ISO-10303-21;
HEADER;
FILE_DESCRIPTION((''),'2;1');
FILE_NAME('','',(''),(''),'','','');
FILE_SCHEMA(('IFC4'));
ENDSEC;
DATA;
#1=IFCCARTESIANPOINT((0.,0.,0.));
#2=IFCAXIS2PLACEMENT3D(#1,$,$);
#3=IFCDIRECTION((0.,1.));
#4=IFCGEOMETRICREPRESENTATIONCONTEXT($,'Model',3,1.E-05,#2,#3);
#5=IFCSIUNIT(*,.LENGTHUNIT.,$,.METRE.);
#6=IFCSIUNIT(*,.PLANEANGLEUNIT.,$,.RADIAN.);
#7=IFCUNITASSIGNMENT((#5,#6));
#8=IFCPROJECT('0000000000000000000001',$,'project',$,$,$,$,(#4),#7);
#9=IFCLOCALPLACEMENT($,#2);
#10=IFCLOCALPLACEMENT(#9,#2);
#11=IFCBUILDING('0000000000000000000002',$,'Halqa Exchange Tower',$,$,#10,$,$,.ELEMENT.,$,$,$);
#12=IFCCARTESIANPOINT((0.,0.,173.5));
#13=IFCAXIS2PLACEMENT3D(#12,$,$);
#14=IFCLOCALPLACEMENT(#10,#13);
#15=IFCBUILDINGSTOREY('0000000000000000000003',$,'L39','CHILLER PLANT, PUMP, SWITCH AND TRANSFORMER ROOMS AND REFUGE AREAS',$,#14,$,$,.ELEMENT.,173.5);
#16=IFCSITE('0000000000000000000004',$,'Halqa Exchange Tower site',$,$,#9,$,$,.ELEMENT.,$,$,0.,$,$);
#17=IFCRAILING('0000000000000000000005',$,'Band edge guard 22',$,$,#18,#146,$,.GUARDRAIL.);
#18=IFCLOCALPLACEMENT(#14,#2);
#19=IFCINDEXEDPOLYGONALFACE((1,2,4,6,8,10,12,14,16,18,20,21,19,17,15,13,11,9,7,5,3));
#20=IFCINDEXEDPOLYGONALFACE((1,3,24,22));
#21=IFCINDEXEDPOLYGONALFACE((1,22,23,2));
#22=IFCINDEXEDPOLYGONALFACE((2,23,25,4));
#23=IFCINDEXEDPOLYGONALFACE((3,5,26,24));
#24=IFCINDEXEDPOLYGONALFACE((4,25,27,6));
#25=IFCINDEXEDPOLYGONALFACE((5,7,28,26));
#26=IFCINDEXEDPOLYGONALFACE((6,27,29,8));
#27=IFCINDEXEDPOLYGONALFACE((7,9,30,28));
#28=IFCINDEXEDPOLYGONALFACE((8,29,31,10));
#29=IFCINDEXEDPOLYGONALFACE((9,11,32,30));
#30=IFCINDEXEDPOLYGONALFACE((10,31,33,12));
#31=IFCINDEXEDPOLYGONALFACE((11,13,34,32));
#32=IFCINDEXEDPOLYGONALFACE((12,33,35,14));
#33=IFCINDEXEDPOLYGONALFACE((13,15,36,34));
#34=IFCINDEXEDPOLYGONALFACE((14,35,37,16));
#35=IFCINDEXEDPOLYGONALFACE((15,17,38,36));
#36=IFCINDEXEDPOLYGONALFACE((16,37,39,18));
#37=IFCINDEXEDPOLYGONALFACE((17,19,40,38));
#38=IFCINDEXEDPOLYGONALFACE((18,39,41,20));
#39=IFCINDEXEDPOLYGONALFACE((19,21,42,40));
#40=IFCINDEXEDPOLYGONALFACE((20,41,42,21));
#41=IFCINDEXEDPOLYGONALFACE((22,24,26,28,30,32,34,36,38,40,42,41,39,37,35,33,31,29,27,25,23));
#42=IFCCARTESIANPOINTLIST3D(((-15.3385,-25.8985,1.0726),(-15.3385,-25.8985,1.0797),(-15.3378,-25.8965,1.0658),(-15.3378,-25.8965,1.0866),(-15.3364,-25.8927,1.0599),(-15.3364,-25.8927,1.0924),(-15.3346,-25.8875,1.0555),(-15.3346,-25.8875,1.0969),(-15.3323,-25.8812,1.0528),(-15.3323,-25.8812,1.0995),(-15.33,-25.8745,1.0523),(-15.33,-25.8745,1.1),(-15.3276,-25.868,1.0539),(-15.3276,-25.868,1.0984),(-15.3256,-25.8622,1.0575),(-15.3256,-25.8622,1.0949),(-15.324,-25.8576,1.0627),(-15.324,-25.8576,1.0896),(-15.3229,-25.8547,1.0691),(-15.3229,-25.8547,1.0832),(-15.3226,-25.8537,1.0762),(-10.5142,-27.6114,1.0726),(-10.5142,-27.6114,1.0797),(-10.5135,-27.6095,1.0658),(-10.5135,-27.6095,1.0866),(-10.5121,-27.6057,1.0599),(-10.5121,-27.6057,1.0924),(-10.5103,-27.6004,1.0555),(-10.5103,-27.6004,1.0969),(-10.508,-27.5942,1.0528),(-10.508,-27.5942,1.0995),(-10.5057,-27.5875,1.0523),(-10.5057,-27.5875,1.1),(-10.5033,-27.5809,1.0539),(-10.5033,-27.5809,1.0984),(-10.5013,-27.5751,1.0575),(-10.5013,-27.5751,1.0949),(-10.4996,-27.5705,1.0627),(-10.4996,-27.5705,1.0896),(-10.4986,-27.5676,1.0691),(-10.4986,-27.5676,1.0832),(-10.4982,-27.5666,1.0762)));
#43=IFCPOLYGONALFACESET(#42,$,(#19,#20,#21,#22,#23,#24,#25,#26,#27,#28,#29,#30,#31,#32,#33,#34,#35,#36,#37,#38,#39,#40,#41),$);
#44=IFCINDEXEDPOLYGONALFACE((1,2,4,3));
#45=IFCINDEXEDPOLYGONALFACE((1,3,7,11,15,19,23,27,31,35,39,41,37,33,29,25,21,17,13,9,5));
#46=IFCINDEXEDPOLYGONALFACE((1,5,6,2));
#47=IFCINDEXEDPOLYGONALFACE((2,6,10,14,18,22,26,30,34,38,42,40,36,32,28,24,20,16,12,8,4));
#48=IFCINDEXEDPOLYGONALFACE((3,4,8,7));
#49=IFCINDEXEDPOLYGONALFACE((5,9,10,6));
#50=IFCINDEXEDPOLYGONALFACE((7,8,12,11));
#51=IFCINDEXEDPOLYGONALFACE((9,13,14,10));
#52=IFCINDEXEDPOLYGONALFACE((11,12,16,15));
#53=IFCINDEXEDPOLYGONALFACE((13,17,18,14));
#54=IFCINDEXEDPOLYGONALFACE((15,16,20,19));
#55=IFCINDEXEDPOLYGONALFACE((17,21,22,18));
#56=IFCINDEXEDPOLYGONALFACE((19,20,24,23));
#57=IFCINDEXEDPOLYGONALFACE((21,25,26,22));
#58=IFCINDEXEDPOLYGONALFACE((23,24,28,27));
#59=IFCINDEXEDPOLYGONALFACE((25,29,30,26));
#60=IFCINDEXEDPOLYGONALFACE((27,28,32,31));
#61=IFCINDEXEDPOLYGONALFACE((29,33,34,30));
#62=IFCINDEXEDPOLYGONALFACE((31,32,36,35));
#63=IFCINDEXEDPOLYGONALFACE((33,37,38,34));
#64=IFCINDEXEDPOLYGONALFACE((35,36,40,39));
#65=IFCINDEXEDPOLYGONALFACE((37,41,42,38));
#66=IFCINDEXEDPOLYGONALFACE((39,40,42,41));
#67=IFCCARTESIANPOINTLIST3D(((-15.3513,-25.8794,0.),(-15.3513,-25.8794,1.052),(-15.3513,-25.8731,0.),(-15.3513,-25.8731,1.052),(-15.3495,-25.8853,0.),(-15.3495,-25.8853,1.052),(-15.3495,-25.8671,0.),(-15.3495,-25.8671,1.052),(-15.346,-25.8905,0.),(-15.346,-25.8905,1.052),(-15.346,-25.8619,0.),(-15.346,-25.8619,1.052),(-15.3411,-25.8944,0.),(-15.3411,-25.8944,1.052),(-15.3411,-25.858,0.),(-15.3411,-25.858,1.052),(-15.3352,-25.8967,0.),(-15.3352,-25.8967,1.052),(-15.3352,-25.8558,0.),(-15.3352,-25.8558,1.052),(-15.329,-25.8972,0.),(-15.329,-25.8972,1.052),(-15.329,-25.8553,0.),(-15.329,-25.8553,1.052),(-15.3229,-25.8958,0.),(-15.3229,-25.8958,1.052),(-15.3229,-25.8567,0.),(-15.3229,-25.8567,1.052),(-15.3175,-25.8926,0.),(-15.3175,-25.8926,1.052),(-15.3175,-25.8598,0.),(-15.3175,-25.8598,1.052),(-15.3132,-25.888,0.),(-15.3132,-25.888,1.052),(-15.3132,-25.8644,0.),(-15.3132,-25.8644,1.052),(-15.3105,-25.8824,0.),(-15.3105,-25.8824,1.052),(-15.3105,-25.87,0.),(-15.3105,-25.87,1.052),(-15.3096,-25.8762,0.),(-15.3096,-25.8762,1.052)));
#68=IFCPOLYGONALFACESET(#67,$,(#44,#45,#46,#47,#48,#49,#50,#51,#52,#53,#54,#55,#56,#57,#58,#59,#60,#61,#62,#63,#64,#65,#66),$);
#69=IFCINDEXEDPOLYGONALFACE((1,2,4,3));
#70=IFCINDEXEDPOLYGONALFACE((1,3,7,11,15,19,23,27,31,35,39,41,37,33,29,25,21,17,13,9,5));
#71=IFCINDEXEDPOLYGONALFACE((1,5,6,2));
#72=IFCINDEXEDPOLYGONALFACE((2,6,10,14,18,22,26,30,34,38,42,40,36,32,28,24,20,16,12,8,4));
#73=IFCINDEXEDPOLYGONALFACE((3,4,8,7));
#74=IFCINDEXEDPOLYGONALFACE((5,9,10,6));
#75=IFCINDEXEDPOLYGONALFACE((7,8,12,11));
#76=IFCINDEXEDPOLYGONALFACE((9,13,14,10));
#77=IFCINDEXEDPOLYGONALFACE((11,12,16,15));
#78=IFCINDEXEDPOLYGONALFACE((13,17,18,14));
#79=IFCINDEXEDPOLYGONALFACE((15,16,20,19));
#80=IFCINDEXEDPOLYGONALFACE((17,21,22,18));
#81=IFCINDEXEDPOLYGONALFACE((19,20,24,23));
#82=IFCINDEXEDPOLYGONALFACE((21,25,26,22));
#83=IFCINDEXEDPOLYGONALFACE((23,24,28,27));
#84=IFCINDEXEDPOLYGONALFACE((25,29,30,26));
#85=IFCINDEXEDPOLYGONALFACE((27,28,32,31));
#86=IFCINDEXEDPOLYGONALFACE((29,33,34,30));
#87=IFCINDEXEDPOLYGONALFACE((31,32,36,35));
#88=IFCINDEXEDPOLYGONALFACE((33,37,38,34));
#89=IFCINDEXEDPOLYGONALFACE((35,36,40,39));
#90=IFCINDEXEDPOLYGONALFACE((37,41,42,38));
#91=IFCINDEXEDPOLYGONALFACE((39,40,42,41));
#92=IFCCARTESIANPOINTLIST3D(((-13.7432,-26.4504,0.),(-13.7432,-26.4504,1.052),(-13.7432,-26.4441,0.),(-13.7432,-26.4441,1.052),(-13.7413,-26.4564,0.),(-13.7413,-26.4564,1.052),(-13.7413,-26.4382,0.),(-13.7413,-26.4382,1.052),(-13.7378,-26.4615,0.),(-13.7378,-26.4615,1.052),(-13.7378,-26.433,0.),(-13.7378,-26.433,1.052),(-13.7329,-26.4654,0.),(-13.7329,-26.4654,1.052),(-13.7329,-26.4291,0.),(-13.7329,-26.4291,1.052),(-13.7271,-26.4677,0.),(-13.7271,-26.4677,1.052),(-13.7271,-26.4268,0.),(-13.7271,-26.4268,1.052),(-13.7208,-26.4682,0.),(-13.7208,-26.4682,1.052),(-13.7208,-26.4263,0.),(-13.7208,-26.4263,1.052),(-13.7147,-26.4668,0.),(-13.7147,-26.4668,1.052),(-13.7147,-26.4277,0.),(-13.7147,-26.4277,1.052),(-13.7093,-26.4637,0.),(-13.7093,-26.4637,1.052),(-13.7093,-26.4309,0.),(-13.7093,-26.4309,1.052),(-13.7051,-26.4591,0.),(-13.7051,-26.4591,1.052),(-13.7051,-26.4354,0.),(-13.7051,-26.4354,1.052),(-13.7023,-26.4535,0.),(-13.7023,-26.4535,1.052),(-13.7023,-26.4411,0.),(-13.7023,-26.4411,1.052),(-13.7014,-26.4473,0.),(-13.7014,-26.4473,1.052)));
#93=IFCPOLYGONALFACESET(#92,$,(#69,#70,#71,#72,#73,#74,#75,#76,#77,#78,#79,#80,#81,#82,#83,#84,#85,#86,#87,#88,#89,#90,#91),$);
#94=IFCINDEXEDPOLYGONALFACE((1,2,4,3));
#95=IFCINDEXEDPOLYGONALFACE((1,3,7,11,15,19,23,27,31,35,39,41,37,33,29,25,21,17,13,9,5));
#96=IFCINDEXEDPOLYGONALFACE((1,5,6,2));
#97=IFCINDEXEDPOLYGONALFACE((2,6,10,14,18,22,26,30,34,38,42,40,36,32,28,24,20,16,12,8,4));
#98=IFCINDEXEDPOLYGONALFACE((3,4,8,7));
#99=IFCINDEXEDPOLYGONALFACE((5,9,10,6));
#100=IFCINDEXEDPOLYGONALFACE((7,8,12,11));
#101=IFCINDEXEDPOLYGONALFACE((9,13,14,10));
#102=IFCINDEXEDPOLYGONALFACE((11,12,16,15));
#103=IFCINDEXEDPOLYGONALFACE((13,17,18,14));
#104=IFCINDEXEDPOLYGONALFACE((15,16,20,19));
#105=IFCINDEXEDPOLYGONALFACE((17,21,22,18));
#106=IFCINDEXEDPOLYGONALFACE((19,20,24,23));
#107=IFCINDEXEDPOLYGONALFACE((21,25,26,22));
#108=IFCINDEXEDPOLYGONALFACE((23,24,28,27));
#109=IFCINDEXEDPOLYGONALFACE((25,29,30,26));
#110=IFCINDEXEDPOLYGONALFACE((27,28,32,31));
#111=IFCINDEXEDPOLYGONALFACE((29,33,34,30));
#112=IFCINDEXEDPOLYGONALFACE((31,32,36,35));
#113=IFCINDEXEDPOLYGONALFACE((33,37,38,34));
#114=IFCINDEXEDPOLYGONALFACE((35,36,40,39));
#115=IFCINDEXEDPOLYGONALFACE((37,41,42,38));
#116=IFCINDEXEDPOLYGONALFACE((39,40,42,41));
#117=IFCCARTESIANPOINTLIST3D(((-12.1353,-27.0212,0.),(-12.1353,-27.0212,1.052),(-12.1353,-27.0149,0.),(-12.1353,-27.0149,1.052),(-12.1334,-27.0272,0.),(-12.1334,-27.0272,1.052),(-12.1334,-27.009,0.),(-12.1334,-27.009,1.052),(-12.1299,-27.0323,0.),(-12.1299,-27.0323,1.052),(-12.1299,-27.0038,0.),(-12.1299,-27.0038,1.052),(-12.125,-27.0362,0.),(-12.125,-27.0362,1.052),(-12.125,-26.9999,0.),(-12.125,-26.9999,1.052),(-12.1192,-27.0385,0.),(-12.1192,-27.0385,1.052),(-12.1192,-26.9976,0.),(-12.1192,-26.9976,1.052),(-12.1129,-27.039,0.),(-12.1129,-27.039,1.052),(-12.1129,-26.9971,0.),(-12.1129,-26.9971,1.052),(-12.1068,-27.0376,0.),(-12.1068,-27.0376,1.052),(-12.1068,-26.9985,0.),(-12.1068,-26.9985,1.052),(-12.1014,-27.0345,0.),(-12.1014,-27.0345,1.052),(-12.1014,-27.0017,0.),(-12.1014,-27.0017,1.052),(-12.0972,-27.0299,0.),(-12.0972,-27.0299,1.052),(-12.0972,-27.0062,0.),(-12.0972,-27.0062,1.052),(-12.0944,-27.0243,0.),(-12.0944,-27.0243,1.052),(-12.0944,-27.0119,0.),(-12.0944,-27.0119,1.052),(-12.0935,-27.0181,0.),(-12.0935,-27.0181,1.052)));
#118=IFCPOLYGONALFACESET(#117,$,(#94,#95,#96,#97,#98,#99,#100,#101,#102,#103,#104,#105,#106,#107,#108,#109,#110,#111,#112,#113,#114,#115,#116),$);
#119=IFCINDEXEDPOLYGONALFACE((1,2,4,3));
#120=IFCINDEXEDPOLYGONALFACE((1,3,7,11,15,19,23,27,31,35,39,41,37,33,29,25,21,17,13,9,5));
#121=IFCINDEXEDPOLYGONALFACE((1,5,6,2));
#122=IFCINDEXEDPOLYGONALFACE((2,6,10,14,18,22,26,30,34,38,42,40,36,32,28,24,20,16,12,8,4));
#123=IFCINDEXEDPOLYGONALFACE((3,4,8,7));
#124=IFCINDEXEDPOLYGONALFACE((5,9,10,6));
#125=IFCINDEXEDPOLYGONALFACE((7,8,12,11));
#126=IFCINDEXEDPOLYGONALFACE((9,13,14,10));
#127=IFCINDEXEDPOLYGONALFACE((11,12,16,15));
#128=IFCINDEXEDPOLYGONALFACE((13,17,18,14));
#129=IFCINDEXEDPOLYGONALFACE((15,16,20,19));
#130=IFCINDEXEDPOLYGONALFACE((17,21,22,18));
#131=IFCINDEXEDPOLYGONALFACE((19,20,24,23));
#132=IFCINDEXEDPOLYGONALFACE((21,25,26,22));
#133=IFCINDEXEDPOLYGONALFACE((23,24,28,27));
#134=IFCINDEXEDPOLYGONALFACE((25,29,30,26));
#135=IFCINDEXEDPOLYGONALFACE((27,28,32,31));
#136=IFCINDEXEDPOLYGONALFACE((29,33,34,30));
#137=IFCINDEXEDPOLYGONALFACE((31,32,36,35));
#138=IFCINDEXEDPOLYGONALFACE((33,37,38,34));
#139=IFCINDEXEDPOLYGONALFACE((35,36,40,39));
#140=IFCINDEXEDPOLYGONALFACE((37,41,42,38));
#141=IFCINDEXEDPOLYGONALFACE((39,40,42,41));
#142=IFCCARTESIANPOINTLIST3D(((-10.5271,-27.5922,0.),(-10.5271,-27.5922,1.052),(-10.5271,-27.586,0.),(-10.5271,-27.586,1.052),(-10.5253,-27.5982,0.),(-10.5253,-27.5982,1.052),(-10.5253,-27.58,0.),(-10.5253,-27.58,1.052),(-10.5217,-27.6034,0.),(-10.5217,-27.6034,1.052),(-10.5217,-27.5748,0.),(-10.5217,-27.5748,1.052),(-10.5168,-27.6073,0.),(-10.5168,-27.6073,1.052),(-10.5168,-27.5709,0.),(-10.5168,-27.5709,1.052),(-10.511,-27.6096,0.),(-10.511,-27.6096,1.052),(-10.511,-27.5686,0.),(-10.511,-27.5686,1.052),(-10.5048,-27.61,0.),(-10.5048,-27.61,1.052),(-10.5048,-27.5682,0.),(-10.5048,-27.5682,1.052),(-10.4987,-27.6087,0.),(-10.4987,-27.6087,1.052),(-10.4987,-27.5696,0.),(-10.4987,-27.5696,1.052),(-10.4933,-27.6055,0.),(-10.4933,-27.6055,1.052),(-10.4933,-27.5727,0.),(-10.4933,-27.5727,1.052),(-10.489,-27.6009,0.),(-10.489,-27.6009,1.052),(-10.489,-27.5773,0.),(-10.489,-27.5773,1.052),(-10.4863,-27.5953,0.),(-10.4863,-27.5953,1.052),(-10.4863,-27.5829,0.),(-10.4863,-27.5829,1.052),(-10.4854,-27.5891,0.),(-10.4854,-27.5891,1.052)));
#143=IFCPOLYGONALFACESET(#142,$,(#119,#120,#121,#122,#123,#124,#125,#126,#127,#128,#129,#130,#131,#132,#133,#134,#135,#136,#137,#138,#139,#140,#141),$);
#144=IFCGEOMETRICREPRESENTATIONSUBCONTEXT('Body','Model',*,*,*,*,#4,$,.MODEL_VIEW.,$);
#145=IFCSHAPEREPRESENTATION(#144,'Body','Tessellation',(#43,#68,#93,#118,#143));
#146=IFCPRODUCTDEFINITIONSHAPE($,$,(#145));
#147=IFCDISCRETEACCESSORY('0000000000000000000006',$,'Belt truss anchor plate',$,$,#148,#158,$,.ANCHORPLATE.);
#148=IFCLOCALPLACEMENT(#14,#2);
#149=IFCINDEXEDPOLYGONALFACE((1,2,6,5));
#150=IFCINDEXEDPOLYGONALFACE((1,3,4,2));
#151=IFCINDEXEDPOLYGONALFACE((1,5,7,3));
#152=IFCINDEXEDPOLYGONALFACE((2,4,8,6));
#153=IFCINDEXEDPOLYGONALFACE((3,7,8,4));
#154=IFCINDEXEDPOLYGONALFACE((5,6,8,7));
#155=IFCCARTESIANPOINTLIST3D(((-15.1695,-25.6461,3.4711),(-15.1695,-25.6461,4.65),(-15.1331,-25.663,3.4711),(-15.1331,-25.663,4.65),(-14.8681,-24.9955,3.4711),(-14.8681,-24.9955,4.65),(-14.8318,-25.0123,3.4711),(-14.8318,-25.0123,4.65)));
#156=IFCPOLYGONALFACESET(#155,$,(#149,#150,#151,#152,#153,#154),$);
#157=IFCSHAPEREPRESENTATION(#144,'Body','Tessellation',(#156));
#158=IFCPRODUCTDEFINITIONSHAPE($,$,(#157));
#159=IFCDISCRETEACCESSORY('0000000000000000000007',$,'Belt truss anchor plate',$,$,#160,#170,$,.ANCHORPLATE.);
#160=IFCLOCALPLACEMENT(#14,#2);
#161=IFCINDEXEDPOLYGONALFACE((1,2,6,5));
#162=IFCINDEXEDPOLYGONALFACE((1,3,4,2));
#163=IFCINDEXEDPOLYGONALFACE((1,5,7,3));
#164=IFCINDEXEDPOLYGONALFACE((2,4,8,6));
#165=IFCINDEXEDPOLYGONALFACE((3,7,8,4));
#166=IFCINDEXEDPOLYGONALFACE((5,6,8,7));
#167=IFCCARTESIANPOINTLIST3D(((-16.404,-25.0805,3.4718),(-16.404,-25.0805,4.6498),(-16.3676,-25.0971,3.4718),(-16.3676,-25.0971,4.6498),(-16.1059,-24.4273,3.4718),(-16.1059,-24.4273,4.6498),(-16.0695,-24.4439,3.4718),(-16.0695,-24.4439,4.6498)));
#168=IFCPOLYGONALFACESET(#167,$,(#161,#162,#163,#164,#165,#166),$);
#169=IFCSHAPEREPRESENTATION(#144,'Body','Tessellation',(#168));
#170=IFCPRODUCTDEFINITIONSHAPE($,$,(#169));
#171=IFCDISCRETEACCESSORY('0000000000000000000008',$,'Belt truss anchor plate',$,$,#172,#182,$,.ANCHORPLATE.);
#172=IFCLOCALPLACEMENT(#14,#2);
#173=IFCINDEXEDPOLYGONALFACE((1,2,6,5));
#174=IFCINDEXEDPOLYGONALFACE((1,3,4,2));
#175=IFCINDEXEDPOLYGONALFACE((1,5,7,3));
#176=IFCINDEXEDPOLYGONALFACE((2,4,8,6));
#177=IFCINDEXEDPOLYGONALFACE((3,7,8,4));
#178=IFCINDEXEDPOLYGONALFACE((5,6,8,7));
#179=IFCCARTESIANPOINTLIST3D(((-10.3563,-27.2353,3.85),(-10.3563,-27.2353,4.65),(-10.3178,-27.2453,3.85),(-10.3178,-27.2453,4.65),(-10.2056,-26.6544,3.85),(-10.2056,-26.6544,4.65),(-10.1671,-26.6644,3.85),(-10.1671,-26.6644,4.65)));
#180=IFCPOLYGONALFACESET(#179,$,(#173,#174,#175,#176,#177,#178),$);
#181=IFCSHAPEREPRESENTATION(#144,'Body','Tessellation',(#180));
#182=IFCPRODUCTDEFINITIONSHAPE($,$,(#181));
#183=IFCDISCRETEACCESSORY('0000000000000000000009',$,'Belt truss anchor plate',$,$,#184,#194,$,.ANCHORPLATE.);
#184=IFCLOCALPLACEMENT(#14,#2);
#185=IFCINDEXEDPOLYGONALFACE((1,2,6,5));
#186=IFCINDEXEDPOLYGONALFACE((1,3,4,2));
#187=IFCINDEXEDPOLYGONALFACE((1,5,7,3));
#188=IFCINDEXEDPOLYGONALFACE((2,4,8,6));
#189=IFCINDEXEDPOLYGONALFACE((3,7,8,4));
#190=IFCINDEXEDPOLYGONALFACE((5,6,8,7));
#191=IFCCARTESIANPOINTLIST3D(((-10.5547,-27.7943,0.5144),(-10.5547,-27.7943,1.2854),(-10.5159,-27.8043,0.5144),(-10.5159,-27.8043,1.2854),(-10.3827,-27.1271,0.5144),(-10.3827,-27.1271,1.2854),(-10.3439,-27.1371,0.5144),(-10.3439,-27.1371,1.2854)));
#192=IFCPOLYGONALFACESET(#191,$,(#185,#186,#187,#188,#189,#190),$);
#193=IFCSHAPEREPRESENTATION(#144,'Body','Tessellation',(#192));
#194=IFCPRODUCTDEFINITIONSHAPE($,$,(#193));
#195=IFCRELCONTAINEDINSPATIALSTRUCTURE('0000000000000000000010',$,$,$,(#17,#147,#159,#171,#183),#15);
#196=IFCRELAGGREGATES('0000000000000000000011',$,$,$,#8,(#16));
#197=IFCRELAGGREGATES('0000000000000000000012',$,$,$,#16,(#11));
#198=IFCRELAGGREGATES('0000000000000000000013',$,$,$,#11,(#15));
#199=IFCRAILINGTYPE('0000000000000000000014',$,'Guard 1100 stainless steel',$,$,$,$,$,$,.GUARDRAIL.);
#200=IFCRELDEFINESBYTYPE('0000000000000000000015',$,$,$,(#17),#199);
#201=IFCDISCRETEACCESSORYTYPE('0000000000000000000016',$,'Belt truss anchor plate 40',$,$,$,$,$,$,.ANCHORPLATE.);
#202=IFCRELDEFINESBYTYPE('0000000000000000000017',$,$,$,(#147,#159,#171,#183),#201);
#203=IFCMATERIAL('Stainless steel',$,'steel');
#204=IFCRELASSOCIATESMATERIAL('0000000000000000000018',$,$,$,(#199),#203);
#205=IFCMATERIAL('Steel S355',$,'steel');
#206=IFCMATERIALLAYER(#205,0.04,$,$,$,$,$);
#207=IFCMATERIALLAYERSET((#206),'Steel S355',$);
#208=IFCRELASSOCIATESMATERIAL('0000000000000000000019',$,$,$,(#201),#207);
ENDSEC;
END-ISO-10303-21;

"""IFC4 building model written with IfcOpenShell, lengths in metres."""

from ifc_helpers import new_model, si_unit, direction, frame, origin, origin_2d, place, context, subcontext, project, spatial, rectangle, circle, extrude, material, layer, layer_set, type_object, element, save


model = new_model("IFC4")

# Units and contexts
model_context = context("Model", 3, precision=1e-05, world=origin(), true_north=direction((0.0, 1.0)))
body_context = subcontext(model_context, "Body", "Model", "MODEL_VIEW")
ifc_project = project(units=[si_unit("LENGTHUNIT", "METRE"), si_unit("PLANEANGLEUNIT", "RADIAN")], contexts=[model_context])

# Site, building, storey
site_placement = place(None, origin())
site = spatial("IfcSite", under=ifc_project, at=site_placement, Name="Halqa Exchange Tower site", CompositionType="ELEMENT", RefElevation=0.0)
building_placement = place(site_placement, origin())
building = spatial("IfcBuilding", under=site, at=building_placement, Name="Halqa Exchange Tower", CompositionType="ELEMENT")
storey_placement = place(building_placement, frame((0.0, 0.0, 173.5)))
storey = spatial("IfcBuildingStorey", under=building, at=storey_placement, Name="L39", Description="CHILLER PLANT, PUMP, SWITCH AND TRANSFORMER ROOMS AND REFUGE AREAS", CompositionType="ELEMENT", Elevation=173.5)

# Shared definitions
ifc_material_1 = material(Name="Steel S355", Category="steel")

# Railing
ifc_material_2 = material(Name="Stainless steel", Category="steel")
railing_type = type_object("IfcRailingType", Name="Guard 1100 stainless steel", PredefinedType="GUARDRAIL", material=ifc_material_2)
railing_placement = place(storey_placement, frame((-15.3306, -25.8762, 0.0)))
element("IfcRailing", 1, at=railing_placement, inside=storey, type_object=railing_type, Name="Band edge guard 22", PredefinedType="GUARDRAIL", context=body_context, shape_type="SweptSolid", body=[
    extrude(circle(Radius=0.0239, at=origin_2d()), frame((0.0, 0.0, 1.0762), z_axis=(0.942362, -0.334596, 0.0), x_axis=(0.334596, 0.942362, 0.0)), (0.0, 0.0, 1.0), 5.1194),
    extrude(circle(Radius=0.021, at=origin_2d()), origin(), (0.0, 0.0, 1.0), 1.052),
    extrude(circle(Radius=0.021, at=origin_2d()), frame((1.6082, -0.571, 0.0)), (0.0, 0.0, 1.0), 1.052),
    extrude(circle(Radius=0.021, at=origin_2d()), frame((3.2161, -1.1418, 0.0)), (0.0, 0.0, 1.0), 1.052),
    extrude(circle(Radius=0.021, at=origin_2d()), frame((4.8242, -1.7129, 0.0)), (0.0, 0.0, 1.0), 1.052),
])

# Discrete accessories
ifc_layer_1 = layer(ifc_material_1, 0.04)
ifc_layer_set_1 = layer_set([ifc_layer_1], Name="Steel S355")
discrete_accessory_type = type_object("IfcDiscreteAccessoryType", Name="Belt truss anchor plate 40", PredefinedType="ANCHORPLATE", material=ifc_layer_set_1)
discrete_accessory_1_placement = place(storey_placement, frame((-15.0188, -25.3208, 4.0605), z_axis=(0.907424, -0.420216, 0.0), x_axis=(0.420216, 0.907424, 0.0)))
element("IfcDiscreteAccessory", 2, at=discrete_accessory_1_placement, inside=storey, type_object=discrete_accessory_type, Name="Belt truss anchor plate", PredefinedType="ANCHORPLATE", context=body_context, shape_type="SweptSolid", body=[
    extrude(rectangle(XDim=0.717, YDim=1.179, at=origin_2d()), origin(), (0.0, 0.0, 1.0), 0.04),
])
discrete_accessory_2_placement = place(storey_placement, frame((-16.2185, -24.7705, 4.0608), z_axis=(-0.909738, 0.415183, 0.0), x_axis=(-0.415183, -0.909738, 0.0)))
element("IfcDiscreteAccessory", 3, at=discrete_accessory_2_placement, inside=storey, type_object=discrete_accessory_type, Name="Belt truss anchor plate", PredefinedType="ANCHORPLATE", context=body_context, shape_type="SweptSolid", body=[
    extrude(rectangle(XDim=0.718, YDim=1.178, at=origin_2d()), origin(), (0.0, 0.0, 1.0), 0.04),
])
discrete_accessory_3_placement = place(storey_placement, frame((-10.2424, -26.9548, 4.25), z_axis=(-0.967942, 0.251175, 0.0), x_axis=(-0.251175, -0.967942, 0.0)))
element("IfcDiscreteAccessory", 4, at=discrete_accessory_3_placement, inside=storey, type_object=discrete_accessory_type, Name="Belt truss anchor plate", PredefinedType="ANCHORPLATE", context=body_context, shape_type="SweptSolid", body=[
    extrude(rectangle(XDim=0.6001, YDim=0.8, at=origin_2d()), origin(), (0.0, 0.0, 1.0), 0.0398),
])
discrete_accessory_4_placement = place(storey_placement, frame((-10.4299, -27.4707, 0.8999), z_axis=(-0.968325, 0.249694, 0.0), x_axis=(-0.249694, -0.968325, 0.0)))
element("IfcDiscreteAccessory", 5, at=discrete_accessory_4_placement, inside=storey, type_object=discrete_accessory_type, Name="Belt truss anchor plate", PredefinedType="ANCHORPLATE", context=body_context, shape_type="SweptSolid", body=[
    extrude(rectangle(XDim=0.689, YDim=0.771, at=origin_2d()), origin(), (0.0, 0.0, 1.0), 0.04),
])

save(model, "model.ifc")
